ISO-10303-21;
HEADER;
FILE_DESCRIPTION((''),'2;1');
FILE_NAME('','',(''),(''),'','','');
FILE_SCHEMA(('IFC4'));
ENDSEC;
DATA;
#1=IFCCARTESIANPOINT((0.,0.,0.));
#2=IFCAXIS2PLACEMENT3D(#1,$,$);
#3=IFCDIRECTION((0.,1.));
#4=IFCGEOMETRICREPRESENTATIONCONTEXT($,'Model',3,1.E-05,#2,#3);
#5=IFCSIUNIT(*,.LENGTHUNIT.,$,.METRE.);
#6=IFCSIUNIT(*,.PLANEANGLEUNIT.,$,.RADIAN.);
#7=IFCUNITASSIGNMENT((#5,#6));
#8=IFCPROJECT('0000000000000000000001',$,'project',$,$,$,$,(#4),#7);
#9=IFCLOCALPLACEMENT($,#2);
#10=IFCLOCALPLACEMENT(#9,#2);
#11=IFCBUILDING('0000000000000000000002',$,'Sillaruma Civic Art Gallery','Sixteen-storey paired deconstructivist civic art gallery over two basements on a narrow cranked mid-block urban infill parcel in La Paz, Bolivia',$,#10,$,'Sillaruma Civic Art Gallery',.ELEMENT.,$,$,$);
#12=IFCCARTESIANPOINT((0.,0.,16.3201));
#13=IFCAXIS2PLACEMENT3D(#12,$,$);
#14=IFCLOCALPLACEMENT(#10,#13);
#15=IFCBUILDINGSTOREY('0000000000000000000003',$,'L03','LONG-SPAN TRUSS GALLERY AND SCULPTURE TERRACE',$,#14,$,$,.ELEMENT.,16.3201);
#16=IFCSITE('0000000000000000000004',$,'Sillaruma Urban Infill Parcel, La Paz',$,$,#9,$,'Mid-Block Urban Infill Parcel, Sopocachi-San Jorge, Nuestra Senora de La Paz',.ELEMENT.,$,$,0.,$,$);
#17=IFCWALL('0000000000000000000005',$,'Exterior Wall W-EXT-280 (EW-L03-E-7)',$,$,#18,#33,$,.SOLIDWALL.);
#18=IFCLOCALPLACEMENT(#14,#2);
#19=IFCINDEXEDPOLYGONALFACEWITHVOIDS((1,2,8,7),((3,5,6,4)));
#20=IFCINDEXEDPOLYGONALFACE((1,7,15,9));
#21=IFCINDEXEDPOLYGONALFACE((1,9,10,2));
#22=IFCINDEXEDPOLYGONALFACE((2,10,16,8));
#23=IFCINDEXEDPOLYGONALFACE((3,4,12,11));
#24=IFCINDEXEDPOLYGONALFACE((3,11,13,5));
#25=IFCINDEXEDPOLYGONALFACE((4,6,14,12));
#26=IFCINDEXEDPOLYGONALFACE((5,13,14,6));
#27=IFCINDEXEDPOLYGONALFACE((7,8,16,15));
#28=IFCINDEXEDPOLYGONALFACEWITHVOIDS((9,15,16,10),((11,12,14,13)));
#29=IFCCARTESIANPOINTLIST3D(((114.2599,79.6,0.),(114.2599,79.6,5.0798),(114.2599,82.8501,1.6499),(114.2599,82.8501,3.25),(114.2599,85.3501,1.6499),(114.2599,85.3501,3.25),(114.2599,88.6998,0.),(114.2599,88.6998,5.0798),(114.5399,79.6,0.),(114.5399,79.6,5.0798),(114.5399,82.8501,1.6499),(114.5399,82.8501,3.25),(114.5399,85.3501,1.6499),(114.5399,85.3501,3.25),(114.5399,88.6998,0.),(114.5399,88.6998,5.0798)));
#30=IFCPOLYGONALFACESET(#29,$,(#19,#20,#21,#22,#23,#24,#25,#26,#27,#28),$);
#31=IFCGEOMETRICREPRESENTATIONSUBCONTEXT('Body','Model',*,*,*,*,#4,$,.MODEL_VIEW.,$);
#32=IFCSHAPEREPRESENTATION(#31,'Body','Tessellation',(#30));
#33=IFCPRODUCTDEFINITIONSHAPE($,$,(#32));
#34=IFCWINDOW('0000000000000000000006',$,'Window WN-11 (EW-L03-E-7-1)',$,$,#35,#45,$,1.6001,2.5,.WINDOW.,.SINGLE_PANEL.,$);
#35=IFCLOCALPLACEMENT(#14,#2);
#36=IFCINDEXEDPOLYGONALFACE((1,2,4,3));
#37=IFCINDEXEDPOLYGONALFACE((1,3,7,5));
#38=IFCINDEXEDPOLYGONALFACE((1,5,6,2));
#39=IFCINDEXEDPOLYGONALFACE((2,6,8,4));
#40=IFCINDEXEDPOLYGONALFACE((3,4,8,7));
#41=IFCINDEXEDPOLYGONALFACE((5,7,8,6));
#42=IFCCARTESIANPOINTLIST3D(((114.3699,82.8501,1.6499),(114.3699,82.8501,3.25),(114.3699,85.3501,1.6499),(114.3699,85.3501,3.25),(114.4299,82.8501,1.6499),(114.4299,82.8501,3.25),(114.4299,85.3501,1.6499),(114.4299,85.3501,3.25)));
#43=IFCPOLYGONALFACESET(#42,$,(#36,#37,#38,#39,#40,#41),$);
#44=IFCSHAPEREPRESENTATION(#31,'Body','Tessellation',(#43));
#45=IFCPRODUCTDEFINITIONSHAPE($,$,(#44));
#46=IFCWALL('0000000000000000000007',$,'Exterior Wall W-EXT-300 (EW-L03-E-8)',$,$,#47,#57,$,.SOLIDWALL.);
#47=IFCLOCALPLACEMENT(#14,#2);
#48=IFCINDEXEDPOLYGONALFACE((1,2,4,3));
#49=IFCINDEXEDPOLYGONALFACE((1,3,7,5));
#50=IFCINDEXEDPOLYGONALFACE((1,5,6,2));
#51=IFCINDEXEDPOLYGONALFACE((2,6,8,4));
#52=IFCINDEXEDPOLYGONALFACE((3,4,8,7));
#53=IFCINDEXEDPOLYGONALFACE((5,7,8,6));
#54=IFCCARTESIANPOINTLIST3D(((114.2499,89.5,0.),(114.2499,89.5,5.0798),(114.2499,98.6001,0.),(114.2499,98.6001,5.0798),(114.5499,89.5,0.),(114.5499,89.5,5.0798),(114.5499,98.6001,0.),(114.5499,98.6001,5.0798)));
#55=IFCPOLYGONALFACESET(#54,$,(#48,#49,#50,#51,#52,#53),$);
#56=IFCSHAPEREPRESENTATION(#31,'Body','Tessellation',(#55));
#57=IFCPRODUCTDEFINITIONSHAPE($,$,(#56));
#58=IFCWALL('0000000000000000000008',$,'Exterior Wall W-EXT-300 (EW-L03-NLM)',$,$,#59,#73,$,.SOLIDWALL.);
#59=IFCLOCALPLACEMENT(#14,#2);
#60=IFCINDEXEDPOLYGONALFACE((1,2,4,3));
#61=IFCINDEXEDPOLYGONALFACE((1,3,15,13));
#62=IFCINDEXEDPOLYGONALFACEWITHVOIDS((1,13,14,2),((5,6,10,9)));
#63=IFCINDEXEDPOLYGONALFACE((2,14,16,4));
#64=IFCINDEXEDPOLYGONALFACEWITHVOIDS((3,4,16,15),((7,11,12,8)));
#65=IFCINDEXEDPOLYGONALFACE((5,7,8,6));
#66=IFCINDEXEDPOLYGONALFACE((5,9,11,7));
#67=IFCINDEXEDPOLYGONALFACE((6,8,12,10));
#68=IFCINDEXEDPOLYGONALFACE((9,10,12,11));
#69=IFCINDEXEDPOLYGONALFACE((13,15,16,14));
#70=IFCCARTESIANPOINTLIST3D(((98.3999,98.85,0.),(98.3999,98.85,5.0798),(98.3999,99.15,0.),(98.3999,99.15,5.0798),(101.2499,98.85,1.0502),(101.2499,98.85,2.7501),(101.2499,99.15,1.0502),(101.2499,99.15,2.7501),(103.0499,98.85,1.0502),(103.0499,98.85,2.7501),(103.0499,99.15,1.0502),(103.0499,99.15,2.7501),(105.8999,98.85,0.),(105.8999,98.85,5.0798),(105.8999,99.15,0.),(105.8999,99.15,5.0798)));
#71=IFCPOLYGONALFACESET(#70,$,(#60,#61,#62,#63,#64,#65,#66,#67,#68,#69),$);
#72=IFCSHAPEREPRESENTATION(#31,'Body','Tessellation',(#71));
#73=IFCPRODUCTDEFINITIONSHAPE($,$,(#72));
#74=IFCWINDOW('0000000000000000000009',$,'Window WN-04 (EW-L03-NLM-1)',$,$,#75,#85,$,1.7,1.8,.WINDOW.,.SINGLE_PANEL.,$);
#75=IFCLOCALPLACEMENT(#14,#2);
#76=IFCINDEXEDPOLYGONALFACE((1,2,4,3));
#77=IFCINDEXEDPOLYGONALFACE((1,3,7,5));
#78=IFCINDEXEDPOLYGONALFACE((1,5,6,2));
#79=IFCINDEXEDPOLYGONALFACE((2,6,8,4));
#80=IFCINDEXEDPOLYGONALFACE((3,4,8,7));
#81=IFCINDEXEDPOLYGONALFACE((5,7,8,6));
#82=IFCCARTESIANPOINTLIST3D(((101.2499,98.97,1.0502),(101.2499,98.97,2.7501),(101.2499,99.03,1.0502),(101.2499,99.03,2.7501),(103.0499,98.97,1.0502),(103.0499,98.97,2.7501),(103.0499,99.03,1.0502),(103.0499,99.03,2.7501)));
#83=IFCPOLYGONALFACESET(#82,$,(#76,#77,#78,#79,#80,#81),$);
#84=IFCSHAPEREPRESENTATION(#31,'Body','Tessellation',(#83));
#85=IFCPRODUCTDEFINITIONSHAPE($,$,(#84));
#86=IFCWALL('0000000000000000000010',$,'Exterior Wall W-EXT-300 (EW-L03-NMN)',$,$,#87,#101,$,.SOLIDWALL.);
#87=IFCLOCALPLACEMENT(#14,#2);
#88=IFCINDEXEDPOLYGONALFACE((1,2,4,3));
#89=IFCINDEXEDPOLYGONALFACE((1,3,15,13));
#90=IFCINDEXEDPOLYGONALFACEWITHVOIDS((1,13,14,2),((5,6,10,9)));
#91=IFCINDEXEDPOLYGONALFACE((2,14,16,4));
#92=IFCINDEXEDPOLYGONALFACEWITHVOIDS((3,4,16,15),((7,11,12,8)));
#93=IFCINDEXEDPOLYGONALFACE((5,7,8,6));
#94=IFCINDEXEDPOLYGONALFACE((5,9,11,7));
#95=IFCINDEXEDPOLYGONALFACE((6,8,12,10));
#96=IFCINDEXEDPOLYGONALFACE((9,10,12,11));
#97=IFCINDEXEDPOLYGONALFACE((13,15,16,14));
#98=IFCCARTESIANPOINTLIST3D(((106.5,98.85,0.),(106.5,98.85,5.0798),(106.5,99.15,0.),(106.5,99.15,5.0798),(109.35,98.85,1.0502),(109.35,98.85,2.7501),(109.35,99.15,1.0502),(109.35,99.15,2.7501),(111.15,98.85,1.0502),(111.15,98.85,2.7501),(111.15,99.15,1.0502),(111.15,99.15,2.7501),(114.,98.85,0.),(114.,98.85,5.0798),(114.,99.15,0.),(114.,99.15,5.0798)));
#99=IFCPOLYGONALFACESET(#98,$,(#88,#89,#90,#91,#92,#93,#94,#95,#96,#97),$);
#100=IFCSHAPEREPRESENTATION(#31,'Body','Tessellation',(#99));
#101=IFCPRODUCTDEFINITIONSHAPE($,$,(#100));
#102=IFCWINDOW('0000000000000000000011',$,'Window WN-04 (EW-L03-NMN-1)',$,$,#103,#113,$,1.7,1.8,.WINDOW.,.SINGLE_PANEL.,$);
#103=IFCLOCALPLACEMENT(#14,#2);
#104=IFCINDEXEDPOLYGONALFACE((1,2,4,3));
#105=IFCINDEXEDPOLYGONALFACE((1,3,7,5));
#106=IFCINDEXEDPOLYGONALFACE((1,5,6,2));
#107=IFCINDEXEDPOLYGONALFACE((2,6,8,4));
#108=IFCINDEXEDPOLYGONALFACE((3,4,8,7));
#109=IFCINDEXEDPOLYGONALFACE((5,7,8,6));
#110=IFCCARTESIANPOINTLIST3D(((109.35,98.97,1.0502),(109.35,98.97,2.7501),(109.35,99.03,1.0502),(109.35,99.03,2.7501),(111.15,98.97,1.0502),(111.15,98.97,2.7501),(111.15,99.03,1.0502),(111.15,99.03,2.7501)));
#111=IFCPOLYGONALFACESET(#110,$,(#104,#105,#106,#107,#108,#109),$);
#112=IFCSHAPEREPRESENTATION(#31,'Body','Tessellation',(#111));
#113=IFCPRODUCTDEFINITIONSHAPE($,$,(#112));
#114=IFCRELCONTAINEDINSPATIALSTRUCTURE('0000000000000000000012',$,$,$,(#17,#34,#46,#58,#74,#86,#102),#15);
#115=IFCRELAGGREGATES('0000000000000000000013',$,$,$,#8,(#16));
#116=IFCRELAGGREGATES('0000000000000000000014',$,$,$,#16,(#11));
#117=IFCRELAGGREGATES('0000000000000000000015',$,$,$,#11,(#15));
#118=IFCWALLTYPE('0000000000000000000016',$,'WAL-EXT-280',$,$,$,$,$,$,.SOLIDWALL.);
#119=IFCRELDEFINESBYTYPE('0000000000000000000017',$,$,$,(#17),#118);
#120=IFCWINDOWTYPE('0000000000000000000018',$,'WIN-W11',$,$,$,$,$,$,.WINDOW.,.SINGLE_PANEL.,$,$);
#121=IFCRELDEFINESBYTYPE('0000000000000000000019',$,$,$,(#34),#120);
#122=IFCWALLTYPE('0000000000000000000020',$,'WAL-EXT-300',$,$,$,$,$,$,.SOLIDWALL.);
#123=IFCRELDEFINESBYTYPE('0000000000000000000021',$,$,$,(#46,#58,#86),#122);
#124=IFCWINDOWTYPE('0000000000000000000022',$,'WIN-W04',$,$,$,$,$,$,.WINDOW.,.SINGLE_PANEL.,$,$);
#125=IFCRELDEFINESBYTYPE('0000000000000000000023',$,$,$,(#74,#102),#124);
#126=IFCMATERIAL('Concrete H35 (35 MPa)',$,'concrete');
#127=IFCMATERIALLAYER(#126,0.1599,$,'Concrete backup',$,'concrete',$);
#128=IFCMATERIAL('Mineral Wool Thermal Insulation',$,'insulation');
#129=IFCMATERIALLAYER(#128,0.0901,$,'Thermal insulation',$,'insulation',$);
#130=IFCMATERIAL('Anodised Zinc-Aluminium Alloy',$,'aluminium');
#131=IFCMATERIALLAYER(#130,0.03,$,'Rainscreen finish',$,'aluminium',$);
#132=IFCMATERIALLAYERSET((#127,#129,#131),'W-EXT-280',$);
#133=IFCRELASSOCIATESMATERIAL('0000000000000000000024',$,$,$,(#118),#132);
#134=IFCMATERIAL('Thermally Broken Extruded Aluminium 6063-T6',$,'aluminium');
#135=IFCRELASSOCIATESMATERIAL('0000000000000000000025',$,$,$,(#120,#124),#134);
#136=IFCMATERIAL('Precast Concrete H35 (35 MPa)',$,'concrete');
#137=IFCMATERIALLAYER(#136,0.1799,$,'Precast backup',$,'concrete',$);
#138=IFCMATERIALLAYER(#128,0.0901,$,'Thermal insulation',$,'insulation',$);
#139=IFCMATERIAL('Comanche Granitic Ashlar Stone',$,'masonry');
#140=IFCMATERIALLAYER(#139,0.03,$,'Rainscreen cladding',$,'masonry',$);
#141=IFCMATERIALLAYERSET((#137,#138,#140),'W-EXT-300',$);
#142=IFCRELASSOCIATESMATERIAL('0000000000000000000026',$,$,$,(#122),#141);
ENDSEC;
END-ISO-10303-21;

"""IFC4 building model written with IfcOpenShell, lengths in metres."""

from ifc_helpers import new_model, si_unit, direction, frame, frame_2d, origin, place, context, subcontext, project, spatial, rectangle, extrude, material, layer, layer_set, type_object, element, fill, save


model = new_model("IFC4")

# Units and contexts
model_context = context("Model", 3, precision=1e-05, world=origin(), true_north=direction((0.0, 1.0)))
body_context = subcontext(model_context, "Body", "Model", "MODEL_VIEW")
ifc_project = project(units=[si_unit("LENGTHUNIT", "METRE"), si_unit("PLANEANGLEUNIT", "RADIAN")], contexts=[model_context])

# Site, building, storey
site_placement = place(None, origin())
site = spatial("IfcSite", under=ifc_project, at=site_placement, Name="Sillaruma Urban Infill Parcel, La Paz", LongName="Mid-Block Urban Infill Parcel, Sopocachi-San Jorge, Nuestra Senora de La Paz", CompositionType="ELEMENT", RefElevation=0.0)
building_placement = place(site_placement, origin())
building = spatial("IfcBuilding", under=site, at=building_placement, Name="Sillaruma Civic Art Gallery", Description="Sixteen-storey paired deconstructivist civic art gallery over two basements on a narrow cranked mid-block urban infill parcel in La Paz, Bolivia", LongName="Sillaruma Civic Art Gallery", CompositionType="ELEMENT")
storey_placement = place(building_placement, frame((0.0, 0.0, 16.3201)))
storey = spatial("IfcBuildingStorey", under=building, at=storey_placement, Name="L03", Description="LONG-SPAN TRUSS GALLERY AND SCULPTURE TERRACE", CompositionType="ELEMENT", Elevation=16.3201)

# Shared definitions
ifc_material_1 = material(Name="Concrete H35 (35 MPa)", Category="concrete")

# Wall, opening, window
ifc_layer_1 = layer(ifc_material_1, 0.1599, Name="Concrete backup", Category="concrete")
ifc_material_2 = material(Name="Mineral Wool Thermal Insulation", Category="insulation")
ifc_layer_2 = layer(ifc_material_2, 0.0901, Name="Thermal insulation", Category="insulation")
ifc_material_3 = material(Name="Anodised Zinc-Aluminium Alloy", Category="aluminium")
ifc_layer_3 = layer(ifc_material_3, 0.03, Name="Rainscreen finish", Category="aluminium")
ifc_layer_set_1 = layer_set([ifc_layer_1, ifc_layer_2, ifc_layer_3], Name="W-EXT-280")
wall_type_1 = type_object("IfcWallType", Name="WAL-EXT-280", PredefinedType="SOLIDWALL", material=ifc_layer_set_1)
wall_1_placement = place(storey_placement, frame((114.3999, 79.6001, 0.0), z_axis=(0.0, 0.0, 1.0), x_axis=(0.0, 1.0, 0.0)))
wall_1 = element("IfcWall", 1, at=wall_1_placement, inside=storey, type_object=wall_type_1, Name="Exterior Wall W-EXT-280 (EW-L03-E-7)", PredefinedType="SOLIDWALL", context=body_context, shape_type="SweptSolid", body=[
    extrude(rectangle(XDim=9.0999, YDim=0.28, at=frame_2d((4.5498, 0.0))), origin(), (0.0, 0.0, 1.0), 5.0798),
])
opening_1_placement = place(wall_1_placement, frame((3.25, 0.0, 1.6499)))
opening_1 = element("IfcOpeningElement", 2, at=opening_1_placement, cuts=wall_1, PredefinedType="OPENING", context=body_context, shape_type="SweptSolid", body=[
    extrude(rectangle(XDim=2.5, YDim=1.6001, at=frame_2d((1.25, 0.8))), frame((0.0, 0.1499, 0.0), z_axis=(0.0, -1.0, 0.0), x_axis=(1.0, 0.0, 0.0)), (0.0, 0.0, 1.0), 0.3),
])
ifc_material_4 = material(Name="Thermally Broken Extruded Aluminium 6063-T6", Category="aluminium")
window_type_1 = type_object("IfcWindowType", Name="WIN-W11", PartitioningType="SINGLE_PANEL", PredefinedType="WINDOW", material=ifc_material_4)
window_1_placement = place(opening_1_placement, origin())
window_1 = element("IfcWindow", 3, at=window_1_placement, inside=storey, type_object=window_type_1, Name="Window WN-11 (EW-L03-E-7-1)", OverallHeight=1.6001, OverallWidth=2.5, PartitioningType="SINGLE_PANEL", PredefinedType="WINDOW", context=body_context, shape_type="SweptSolid", body=[
    extrude(rectangle(XDim=2.5, YDim=1.6001, at=frame_2d((1.25, 0.8))), frame((0.0, 0.03, 0.0), z_axis=(0.0, -1.0, 0.0), x_axis=(1.0, 0.0, 0.0)), (0.0, 0.0, 1.0), 0.0601),
])
fill(opening_1, window_1)

# Wall
ifc_material_5 = material(Name="Precast Concrete H35 (35 MPa)", Category="concrete")
ifc_layer_4 = layer(ifc_material_5, 0.1799, Name="Precast backup", Category="concrete")
ifc_layer_5 = layer(ifc_material_2, 0.0901, Name="Thermal insulation", Category="insulation")
ifc_material_6 = material(Name="Comanche Granitic Ashlar Stone", Category="masonry")
ifc_layer_6 = layer(ifc_material_6, 0.03, Name="Rainscreen cladding", Category="masonry")
ifc_layer_set_2 = layer_set([ifc_layer_4, ifc_layer_5, ifc_layer_6], Name="W-EXT-300")
wall_type_2 = type_object("IfcWallType", Name="WAL-EXT-300", PredefinedType="SOLIDWALL", material=ifc_layer_set_2)
wall_2_placement = place(storey_placement, frame((114.3999, 89.5, 0.0), z_axis=(0.0, 0.0, 1.0), x_axis=(0.0, 1.0, 0.0)))
element("IfcWall", 4, at=wall_2_placement, inside=storey, type_object=wall_type_2, Name="Exterior Wall W-EXT-300 (EW-L03-E-8)", PredefinedType="SOLIDWALL", context=body_context, shape_type="SweptSolid", body=[
    extrude(rectangle(XDim=9.1001, YDim=0.3, at=frame_2d((4.55, 0.0))), origin(), (0.0, 0.0, 1.0), 5.0798),
])

# Walls, openings, windows
wall_3_placement = place(storey_placement, frame((98.3999, 99.0, 0.0), z_axis=(0.0, 0.0, 1.0), x_axis=(1.0, 0.0, 0.0)))
wall_3 = element("IfcWall", 5, at=wall_3_placement, inside=storey, type_object=wall_type_2, Name="Exterior Wall W-EXT-300 (EW-L03-NLM)", PredefinedType="SOLIDWALL", context=body_context, shape_type="SweptSolid", body=[
    extrude(rectangle(XDim=7.5, YDim=0.3, at=frame_2d((3.75, 0.0))), origin(), (0.0, 0.0, 1.0), 5.0798),
])
opening_2_placement = place(wall_3_placement, frame((2.8501, 0.0, 1.05)))
opening_2 = element("IfcOpeningElement", 6, at=opening_2_placement, cuts=wall_3, PredefinedType="OPENING", context=body_context, shape_type="SweptSolid", body=[
    extrude(rectangle(XDim=1.8, YDim=1.7, at=frame_2d((0.8999, 0.8501))), frame((0.0, 0.1599, 0.0), z_axis=(0.0, -1.0, 0.0), x_axis=(1.0, 0.0, 0.0)), (0.0, 0.0, 1.0), 0.3201),
])
window_type_2 = type_object("IfcWindowType", Name="WIN-W04", PartitioningType="SINGLE_PANEL", PredefinedType="WINDOW", material=ifc_material_4)
window_2_placement = place(opening_2_placement, origin())
window_2 = element("IfcWindow", 7, at=window_2_placement, inside=storey, type_object=window_type_2, Name="Window WN-04 (EW-L03-NLM-1)", OverallHeight=1.7, OverallWidth=1.8, PartitioningType="SINGLE_PANEL", PredefinedType="WINDOW", context=body_context, shape_type="SweptSolid", body=[
    extrude(rectangle(XDim=1.8, YDim=1.7, at=frame_2d((0.8999, 0.8501))), frame((0.0, 0.03, 0.0), z_axis=(0.0, -1.0, 0.0), x_axis=(1.0, 0.0, 0.0)), (0.0, 0.0, 1.0), 0.0601),
])
fill(opening_2, window_2)
wall_4_placement = place(storey_placement, frame((106.5, 99.0, 0.0), z_axis=(0.0, 0.0, 1.0), x_axis=(1.0, 0.0, 0.0)))
wall_4 = element("IfcWall", 8, at=wall_4_placement, inside=storey, type_object=wall_type_2, Name="Exterior Wall W-EXT-300 (EW-L03-NMN)", PredefinedType="SOLIDWALL", context=body_context, shape_type="SweptSolid", body=[
    extrude(rectangle(XDim=7.5, YDim=0.3, at=frame_2d((3.75, 0.0))), origin(), (0.0, 0.0, 1.0), 5.0798),
])
opening_3_placement = place(wall_4_placement, frame((2.8501, 0.0, 1.05)))
opening_3 = element("IfcOpeningElement", 9, at=opening_3_placement, cuts=wall_4, PredefinedType="OPENING", context=body_context, shape_type="SweptSolid", body=[
    extrude(rectangle(XDim=1.8, YDim=1.7, at=frame_2d((0.8999, 0.8501))), frame((0.0, 0.1599, 0.0), z_axis=(0.0, -1.0, 0.0), x_axis=(1.0, 0.0, 0.0)), (0.0, 0.0, 1.0), 0.3201),
])
window_3_placement = place(opening_3_placement, origin())
window_3 = element("IfcWindow", 10, at=window_3_placement, inside=storey, type_object=window_type_2, Name="Window WN-04 (EW-L03-NMN-1)", OverallHeight=1.7, OverallWidth=1.8, PartitioningType="SINGLE_PANEL", PredefinedType="WINDOW", context=body_context, shape_type="SweptSolid", body=[
    extrude(rectangle(XDim=1.8, YDim=1.7, at=frame_2d((0.8999, 0.8501))), frame((0.0, 0.03, 0.0), z_axis=(0.0, -1.0, 0.0), x_axis=(1.0, 0.0, 0.0)), (0.0, 0.0, 1.0), 0.0601),
])
fill(opening_3, window_3)

save(model, "model.ifc")
